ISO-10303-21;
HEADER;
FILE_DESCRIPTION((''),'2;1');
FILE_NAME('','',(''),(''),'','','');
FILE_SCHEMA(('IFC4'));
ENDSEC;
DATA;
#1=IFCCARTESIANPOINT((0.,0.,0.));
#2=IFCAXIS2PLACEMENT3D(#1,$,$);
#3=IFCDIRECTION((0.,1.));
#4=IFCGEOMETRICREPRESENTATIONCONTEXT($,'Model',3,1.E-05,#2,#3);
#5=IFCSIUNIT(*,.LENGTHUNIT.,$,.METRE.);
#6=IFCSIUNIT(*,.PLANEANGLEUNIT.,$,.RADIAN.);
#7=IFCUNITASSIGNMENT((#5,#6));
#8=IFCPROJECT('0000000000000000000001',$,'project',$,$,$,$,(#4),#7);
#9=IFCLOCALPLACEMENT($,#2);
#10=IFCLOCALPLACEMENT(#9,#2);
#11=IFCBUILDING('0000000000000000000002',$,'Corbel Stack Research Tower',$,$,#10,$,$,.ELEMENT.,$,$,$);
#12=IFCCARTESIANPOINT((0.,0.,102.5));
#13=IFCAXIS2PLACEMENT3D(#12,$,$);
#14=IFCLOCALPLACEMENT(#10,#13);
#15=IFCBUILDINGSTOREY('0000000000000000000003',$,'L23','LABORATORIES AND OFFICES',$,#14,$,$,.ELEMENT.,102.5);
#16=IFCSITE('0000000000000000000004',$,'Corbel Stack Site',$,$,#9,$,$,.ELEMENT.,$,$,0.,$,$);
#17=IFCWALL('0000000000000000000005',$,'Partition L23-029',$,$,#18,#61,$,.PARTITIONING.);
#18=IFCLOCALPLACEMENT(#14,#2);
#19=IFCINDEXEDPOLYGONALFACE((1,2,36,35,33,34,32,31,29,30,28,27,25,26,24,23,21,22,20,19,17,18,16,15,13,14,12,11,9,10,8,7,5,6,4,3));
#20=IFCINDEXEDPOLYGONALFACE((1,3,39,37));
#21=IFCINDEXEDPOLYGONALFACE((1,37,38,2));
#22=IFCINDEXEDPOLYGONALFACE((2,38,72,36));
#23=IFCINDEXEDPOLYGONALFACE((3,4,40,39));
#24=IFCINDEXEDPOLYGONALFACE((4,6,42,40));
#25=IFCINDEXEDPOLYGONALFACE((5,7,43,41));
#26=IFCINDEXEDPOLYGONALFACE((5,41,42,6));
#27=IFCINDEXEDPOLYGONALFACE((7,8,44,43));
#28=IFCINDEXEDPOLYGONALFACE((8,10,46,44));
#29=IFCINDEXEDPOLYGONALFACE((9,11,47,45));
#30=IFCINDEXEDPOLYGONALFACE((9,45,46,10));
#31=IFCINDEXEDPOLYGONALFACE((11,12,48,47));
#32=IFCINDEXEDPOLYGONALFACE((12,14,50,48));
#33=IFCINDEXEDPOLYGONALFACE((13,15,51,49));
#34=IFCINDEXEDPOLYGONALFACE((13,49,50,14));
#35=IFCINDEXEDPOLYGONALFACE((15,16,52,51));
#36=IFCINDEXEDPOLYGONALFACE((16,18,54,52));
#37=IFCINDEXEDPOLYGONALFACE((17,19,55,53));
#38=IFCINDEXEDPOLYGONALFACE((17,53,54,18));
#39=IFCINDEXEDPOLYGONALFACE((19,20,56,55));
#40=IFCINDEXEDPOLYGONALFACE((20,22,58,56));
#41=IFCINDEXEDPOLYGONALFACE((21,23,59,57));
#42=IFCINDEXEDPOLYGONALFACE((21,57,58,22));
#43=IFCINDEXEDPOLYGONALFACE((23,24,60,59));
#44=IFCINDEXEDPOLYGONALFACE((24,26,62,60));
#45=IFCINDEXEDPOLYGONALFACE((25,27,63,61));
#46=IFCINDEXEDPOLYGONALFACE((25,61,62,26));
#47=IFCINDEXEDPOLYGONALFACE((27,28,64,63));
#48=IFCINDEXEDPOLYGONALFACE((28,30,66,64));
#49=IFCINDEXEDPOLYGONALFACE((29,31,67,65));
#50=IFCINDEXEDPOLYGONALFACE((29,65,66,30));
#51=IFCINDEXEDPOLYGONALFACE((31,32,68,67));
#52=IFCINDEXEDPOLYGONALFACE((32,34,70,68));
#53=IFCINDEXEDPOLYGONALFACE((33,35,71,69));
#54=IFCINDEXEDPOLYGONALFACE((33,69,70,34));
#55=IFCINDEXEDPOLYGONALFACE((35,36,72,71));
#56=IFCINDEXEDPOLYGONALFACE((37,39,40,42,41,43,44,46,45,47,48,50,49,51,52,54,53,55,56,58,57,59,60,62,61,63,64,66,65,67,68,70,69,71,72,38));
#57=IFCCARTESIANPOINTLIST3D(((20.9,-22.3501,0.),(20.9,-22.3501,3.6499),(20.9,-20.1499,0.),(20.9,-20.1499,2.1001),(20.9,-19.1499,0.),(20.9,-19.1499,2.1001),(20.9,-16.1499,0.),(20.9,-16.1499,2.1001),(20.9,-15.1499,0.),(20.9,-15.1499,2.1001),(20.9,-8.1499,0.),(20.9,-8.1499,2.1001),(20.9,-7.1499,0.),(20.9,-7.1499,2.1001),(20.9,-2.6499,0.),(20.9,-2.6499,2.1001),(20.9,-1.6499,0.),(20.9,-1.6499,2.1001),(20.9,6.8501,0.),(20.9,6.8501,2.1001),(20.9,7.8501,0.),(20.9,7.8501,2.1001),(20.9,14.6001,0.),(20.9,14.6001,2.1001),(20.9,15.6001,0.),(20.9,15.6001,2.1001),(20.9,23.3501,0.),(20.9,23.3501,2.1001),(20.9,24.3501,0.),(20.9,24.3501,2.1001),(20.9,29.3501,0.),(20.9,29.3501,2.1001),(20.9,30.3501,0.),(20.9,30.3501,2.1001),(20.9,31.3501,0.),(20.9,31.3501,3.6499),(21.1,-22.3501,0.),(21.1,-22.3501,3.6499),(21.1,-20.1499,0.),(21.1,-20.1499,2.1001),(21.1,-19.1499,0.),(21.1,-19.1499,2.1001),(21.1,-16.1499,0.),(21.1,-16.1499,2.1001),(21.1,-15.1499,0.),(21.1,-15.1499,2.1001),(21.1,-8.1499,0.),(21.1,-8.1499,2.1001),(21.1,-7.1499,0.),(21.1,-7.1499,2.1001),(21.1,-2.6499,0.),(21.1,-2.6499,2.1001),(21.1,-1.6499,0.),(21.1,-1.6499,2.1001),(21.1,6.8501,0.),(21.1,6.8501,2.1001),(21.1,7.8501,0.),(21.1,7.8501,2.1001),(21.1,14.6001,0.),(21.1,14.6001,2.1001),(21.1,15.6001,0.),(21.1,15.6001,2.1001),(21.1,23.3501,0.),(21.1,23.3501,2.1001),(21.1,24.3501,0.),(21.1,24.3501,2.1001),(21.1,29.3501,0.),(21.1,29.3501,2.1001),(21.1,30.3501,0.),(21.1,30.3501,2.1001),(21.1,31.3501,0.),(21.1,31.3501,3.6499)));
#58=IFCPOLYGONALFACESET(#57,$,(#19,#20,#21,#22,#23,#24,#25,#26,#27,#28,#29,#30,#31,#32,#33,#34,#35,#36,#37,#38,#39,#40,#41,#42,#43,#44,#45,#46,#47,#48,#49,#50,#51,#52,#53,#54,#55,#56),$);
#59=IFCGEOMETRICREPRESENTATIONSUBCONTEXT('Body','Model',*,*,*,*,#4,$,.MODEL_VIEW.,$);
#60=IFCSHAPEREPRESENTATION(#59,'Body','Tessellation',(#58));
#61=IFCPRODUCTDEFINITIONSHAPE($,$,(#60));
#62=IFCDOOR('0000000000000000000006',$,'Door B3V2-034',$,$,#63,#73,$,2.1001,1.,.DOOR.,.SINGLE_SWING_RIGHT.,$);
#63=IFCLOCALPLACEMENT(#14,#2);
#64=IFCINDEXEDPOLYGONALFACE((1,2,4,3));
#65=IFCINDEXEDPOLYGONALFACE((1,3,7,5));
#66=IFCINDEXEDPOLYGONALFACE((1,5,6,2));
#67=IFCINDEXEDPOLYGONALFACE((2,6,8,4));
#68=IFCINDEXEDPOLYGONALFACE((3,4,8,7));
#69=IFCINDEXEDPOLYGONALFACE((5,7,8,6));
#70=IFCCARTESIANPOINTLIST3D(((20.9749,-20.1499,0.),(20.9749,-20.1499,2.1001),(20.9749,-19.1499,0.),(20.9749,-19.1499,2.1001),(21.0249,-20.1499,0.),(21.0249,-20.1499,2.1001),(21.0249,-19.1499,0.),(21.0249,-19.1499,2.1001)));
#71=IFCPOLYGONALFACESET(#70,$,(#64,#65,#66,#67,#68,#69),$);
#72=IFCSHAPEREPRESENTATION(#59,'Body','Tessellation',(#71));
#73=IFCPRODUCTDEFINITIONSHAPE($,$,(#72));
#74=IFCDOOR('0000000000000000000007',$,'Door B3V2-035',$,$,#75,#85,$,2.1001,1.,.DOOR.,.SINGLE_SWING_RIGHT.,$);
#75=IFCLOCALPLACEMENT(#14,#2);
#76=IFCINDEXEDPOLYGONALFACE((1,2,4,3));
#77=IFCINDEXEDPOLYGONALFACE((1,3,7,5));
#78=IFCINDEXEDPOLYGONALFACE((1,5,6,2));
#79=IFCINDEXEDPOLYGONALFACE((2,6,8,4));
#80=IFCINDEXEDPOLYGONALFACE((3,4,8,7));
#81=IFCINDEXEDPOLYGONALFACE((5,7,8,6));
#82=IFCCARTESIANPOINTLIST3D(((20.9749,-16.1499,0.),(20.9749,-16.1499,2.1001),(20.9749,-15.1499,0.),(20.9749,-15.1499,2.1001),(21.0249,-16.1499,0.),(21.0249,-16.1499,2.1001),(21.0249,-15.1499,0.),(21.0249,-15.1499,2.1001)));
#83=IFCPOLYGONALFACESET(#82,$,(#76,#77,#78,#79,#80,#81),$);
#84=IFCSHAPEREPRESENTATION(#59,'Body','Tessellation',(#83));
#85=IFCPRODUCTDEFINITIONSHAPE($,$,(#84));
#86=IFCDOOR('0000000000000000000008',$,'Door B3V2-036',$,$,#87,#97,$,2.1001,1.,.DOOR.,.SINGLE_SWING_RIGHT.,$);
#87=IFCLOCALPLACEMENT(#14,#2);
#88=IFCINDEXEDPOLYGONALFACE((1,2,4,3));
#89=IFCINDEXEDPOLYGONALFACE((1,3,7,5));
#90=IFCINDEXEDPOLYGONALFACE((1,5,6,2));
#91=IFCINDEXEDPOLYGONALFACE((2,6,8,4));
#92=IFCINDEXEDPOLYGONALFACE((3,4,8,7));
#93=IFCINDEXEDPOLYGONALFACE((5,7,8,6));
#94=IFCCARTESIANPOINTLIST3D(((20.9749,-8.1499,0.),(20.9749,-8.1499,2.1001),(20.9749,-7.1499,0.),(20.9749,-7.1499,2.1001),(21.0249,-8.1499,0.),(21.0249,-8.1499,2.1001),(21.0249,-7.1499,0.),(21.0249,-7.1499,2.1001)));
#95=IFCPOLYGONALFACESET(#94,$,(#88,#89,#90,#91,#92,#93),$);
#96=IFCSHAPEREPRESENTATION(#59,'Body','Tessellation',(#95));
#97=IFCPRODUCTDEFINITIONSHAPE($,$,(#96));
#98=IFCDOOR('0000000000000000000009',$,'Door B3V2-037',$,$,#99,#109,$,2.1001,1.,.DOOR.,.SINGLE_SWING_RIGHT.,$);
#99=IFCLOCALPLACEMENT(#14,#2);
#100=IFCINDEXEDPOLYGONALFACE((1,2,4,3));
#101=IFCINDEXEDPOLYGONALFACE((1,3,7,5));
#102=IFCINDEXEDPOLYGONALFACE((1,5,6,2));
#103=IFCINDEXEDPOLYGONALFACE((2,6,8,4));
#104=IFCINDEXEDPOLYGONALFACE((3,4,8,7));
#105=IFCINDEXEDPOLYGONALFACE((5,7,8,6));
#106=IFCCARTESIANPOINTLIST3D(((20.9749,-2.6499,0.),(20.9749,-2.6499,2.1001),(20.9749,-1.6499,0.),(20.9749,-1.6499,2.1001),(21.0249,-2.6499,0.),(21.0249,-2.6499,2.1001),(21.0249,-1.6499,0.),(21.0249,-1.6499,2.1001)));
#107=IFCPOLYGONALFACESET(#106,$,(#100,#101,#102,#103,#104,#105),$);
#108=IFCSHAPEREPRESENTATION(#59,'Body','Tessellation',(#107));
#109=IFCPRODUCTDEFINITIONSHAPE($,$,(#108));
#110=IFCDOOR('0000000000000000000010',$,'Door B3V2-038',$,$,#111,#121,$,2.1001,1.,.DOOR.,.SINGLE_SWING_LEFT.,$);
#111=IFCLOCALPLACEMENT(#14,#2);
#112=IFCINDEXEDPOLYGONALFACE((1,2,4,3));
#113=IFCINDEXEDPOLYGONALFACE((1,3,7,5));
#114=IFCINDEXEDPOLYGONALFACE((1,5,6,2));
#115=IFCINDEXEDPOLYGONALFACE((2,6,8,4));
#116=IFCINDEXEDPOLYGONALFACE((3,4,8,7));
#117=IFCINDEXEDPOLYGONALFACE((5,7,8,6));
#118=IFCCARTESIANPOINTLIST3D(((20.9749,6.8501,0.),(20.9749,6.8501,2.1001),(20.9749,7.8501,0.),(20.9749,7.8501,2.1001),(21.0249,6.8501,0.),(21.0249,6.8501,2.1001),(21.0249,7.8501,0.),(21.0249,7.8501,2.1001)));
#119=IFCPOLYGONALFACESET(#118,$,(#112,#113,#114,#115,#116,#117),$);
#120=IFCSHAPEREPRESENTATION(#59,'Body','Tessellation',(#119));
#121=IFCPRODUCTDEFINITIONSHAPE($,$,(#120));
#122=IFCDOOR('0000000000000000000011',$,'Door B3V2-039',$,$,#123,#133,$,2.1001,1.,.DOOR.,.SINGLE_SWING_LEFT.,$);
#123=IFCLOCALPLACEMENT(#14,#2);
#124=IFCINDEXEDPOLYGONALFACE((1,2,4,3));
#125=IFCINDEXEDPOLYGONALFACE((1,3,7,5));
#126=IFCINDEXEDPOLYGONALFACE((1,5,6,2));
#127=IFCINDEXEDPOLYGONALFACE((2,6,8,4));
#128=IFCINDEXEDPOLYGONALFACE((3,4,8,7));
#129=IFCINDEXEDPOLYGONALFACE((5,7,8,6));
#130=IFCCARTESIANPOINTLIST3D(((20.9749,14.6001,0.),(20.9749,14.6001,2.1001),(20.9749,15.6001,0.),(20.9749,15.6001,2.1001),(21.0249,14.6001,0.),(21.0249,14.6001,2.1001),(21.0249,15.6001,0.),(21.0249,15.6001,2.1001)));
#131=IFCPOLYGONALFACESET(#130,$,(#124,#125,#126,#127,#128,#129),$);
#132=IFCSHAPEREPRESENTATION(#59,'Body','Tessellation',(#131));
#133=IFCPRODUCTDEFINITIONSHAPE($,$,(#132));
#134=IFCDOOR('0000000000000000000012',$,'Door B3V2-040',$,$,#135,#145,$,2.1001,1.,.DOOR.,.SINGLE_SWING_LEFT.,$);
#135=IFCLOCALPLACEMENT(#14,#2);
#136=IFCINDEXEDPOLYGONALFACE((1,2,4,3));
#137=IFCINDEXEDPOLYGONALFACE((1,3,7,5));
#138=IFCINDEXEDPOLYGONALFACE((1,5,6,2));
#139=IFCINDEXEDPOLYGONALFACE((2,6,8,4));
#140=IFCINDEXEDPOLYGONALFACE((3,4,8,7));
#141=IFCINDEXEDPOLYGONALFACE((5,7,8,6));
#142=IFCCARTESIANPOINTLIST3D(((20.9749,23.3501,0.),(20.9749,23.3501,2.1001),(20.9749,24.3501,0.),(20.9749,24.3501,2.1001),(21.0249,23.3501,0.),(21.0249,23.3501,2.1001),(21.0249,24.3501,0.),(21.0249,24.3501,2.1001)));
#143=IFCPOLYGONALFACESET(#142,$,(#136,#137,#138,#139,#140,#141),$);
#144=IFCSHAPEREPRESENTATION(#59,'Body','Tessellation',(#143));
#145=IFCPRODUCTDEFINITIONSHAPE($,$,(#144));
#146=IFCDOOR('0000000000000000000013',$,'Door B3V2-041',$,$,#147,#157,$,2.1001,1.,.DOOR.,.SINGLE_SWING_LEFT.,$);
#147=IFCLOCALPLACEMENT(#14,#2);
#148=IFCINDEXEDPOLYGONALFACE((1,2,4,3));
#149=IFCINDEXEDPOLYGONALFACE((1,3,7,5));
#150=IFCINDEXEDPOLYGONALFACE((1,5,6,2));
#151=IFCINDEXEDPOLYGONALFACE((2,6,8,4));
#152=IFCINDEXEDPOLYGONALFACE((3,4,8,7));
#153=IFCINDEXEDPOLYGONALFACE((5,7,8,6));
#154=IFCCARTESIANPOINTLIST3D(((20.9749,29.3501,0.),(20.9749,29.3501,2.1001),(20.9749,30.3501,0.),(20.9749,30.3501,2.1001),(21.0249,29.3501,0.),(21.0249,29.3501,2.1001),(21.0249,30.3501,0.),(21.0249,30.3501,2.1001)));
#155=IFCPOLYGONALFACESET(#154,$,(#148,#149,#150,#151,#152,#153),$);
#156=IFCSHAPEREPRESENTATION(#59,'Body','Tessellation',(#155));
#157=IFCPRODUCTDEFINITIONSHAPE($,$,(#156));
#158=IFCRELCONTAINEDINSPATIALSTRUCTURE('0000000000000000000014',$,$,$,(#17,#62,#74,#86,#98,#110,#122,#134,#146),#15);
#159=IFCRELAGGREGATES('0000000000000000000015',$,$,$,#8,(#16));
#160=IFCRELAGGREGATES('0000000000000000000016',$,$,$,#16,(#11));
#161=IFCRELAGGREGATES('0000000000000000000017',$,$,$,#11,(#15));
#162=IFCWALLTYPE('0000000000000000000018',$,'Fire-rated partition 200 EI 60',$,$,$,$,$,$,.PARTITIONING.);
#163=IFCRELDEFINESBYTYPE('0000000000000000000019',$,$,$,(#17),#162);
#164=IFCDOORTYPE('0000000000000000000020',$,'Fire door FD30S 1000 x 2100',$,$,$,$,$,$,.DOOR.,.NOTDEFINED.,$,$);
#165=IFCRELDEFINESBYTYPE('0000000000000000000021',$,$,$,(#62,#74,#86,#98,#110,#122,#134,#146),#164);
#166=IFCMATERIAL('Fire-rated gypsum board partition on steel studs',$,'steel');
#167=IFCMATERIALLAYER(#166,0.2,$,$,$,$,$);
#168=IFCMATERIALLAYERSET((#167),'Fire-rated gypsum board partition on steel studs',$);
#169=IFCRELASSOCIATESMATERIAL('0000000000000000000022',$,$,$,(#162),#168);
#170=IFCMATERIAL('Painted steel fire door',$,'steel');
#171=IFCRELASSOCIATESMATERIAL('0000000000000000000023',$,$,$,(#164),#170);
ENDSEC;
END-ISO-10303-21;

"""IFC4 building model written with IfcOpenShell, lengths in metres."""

from ifc_helpers import new_model, si_unit, direction, frame, frame_2d, origin, place, context, subcontext, project, spatial, rectangle, extrude, material, layer, layer_set, type_object, element, fill, save


model = new_model("IFC4")

# Units and contexts
model_context = context("Model", 3, precision=1e-05, world=origin(), true_north=direction((0.0, 1.0)))
body_context = subcontext(model_context, "Body", "Model", "MODEL_VIEW")
ifc_project = project(units=[si_unit("LENGTHUNIT", "METRE"), si_unit("PLANEANGLEUNIT", "RADIAN")], contexts=[model_context])

# Site, building, storey
site_placement = place(None, origin())
site = spatial("IfcSite", under=ifc_project, at=site_placement, Name="Corbel Stack Site", CompositionType="ELEMENT", RefElevation=0.0)
building_placement = place(site_placement, origin())
building = spatial("IfcBuilding", under=site, at=building_placement, Name="Corbel Stack Research Tower", CompositionType="ELEMENT")
storey_placement = place(building_placement, frame((0.0, 0.0, 102.5)))
storey = spatial("IfcBuildingStorey", under=building, at=storey_placement, Name="L23", Description="LABORATORIES AND OFFICES", CompositionType="ELEMENT", Elevation=102.5)

# Shared definitions
ifc_material_1 = material(Name="Fire-rated gypsum board partition on steel studs", Category="steel")
ifc_layer_1 = layer(ifc_material_1, 0.2)
ifc_layer_set_1 = layer_set([ifc_layer_1], Name="Fire-rated gypsum board partition on steel studs")
wall_type_1 = type_object("IfcWallType", Name="Fire-rated partition 200 EI 60", PredefinedType="PARTITIONING", material=ifc_layer_set_1)

# Shared definitions
ifc_material_2 = material(Name="Painted steel fire door", Category="steel")
door_type_1 = type_object("IfcDoorType", Name="Fire door FD30S 1000 x 2100", OperationType="NOTDEFINED", PredefinedType="DOOR", material=ifc_material_2)

# Wall, openings, doors
wall_1_placement = place(storey_placement, frame((21.0, 31.3501, 0.0), z_axis=(0.0, 0.0, 1.0), x_axis=(0.0, -1.0, 0.0)))
wall_1 = element("IfcWall", 1, at=wall_1_placement, inside=storey, type_object=wall_type_1, Name="Partition L23-029", PredefinedType="PARTITIONING", context=body_context, shape_type="SweptSolid", body=[
    extrude(rectangle(XDim=53.7002, YDim=0.2, at=frame_2d((26.8501, 0.0))), origin(), (0.0, 0.0, 1.0), 3.6499),
])
opening_1_placement = place(wall_1_placement, frame((50.5, 0.0, 0.0)))
opening_1 = element("IfcOpeningElement", 2, at=opening_1_placement, cuts=wall_1, PredefinedType="OPENING", context=body_context, shape_type="SweptSolid", body=[
    extrude(rectangle(XDim=1.0, YDim=2.1001, at=frame_2d((0.5, 1.05))), frame((0.0, 0.1099, 0.0), z_axis=(0.0, -1.0, 0.0), x_axis=(1.0, 0.0, 0.0)), (0.0, 0.0, 1.0), 0.22),
])
opening_2_placement = place(wall_1_placement, frame((46.5, 0.0, 0.0)))
opening_2 = element("IfcOpeningElement", 3, at=opening_2_placement, cuts=wall_1, PredefinedType="OPENING", context=body_context, shape_type="SweptSolid", body=[
    extrude(rectangle(XDim=1.0, YDim=2.1001, at=frame_2d((0.5, 1.05))), frame((0.0, 0.1099, 0.0), z_axis=(0.0, -1.0, 0.0), x_axis=(1.0, 0.0, 0.0)), (0.0, 0.0, 1.0), 0.22),
])
opening_3_placement = place(wall_1_placement, frame((38.5, 0.0, 0.0)))
opening_3 = element("IfcOpeningElement", 4, at=opening_3_placement, cuts=wall_1, PredefinedType="OPENING", context=body_context, shape_type="SweptSolid", body=[
    extrude(rectangle(XDim=1.0, YDim=2.1001, at=frame_2d((0.5, 1.05))), frame((0.0, 0.1099, 0.0), z_axis=(0.0, -1.0, 0.0), x_axis=(1.0, 0.0, 0.0)), (0.0, 0.0, 1.0), 0.22),
])
opening_4_placement = place(wall_1_placement, frame((33.0, 0.0, 0.0)))
opening_4 = element("IfcOpeningElement", 5, at=opening_4_placement, cuts=wall_1, PredefinedType="OPENING", context=body_context, shape_type="SweptSolid", body=[
    extrude(rectangle(XDim=1.0, YDim=2.1001, at=frame_2d((0.5, 1.05))), frame((0.0, 0.1099, 0.0), z_axis=(0.0, -1.0, 0.0), x_axis=(1.0, 0.0, 0.0)), (0.0, 0.0, 1.0), 0.22),
])
opening_5_placement = place(wall_1_placement, frame((23.5, 0.0, 0.0)))
opening_5 = element("IfcOpeningElement", 6, at=opening_5_placement, cuts=wall_1, PredefinedType="OPENING", context=body_context, shape_type="SweptSolid", body=[
    extrude(rectangle(XDim=1.0, YDim=2.1001, at=frame_2d((0.5, 1.05))), frame((0.0, 0.1099, 0.0), z_axis=(0.0, -1.0, 0.0), x_axis=(1.0, 0.0, 0.0)), (0.0, 0.0, 1.0), 0.22),
])
opening_6_placement = place(wall_1_placement, frame((15.75, 0.0, 0.0)))
opening_6 = element("IfcOpeningElement", 7, at=opening_6_placement, cuts=wall_1, PredefinedType="OPENING", context=body_context, shape_type="SweptSolid", body=[
    extrude(rectangle(XDim=1.0, YDim=2.1001, at=frame_2d((0.5, 1.05))), frame((0.0, 0.1099, 0.0), z_axis=(0.0, -1.0, 0.0), x_axis=(1.0, 0.0, 0.0)), (0.0, 0.0, 1.0), 0.22),
])
opening_7_placement = place(wall_1_placement, frame((7.0, 0.0, 0.0)))
opening_7 = element("IfcOpeningElement", 8, at=opening_7_placement, cuts=wall_1, PredefinedType="OPENING", context=body_context, shape_type="SweptSolid", body=[
    extrude(rectangle(XDim=1.0, YDim=2.1001, at=frame_2d((0.5, 1.05))), frame((0.0, 0.1099, 0.0), z_axis=(0.0, -1.0, 0.0), x_axis=(1.0, 0.0, 0.0)), (0.0, 0.0, 1.0), 0.22),
])
opening_8_placement = place(wall_1_placement, frame((1.0, 0.0, 0.0)))
opening_8 = element("IfcOpeningElement", 9, at=opening_8_placement, cuts=wall_1, PredefinedType="OPENING", context=body_context, shape_type="SweptSolid", body=[
    extrude(rectangle(XDim=1.0, YDim=2.1001, at=frame_2d((0.5, 1.05))), frame((0.0, 0.1099, 0.0), z_axis=(0.0, -1.0, 0.0), x_axis=(1.0, 0.0, 0.0)), (0.0, 0.0, 1.0), 0.22),
])
door_1_placement = place(opening_1_placement, origin())
door_1 = element("IfcDoor", 10, at=door_1_placement, inside=storey, type_object=door_type_1, Name="Door B3V2-034", OperationType="SINGLE_SWING_RIGHT", OverallHeight=2.1001, OverallWidth=1.0, PredefinedType="DOOR", context=body_context, shape_type="SweptSolid", body=[
    extrude(rectangle(XDim=1.0, YDim=2.1001, at=frame_2d((0.5, 1.05))), frame((0.0, 0.0249, 0.0), z_axis=(0.0, -1.0, 0.0), x_axis=(1.0, 0.0, 0.0)), (0.0, 0.0, 1.0), 0.05),
])
fill(opening_1, door_1)
door_2_placement = place(opening_2_placement, origin())
door_2 = element("IfcDoor", 11, at=door_2_placement, inside=storey, type_object=door_type_1, Name="Door B3V2-035", OperationType="SINGLE_SWING_RIGHT", OverallHeight=2.1001, OverallWidth=1.0, PredefinedType="DOOR", context=body_context, shape_type="SweptSolid", body=[
    extrude(rectangle(XDim=1.0, YDim=2.1001, at=frame_2d((0.5, 1.05))), frame((0.0, 0.0249, 0.0), z_axis=(0.0, -1.0, 0.0), x_axis=(1.0, 0.0, 0.0)), (0.0, 0.0, 1.0), 0.05),
])
fill(opening_2, door_2)
door_3_placement = place(opening_3_placement, origin())
door_3 = element("IfcDoor", 12, at=door_3_placement, inside=storey, type_object=door_type_1, Name="Door B3V2-036", OperationType="SINGLE_SWING_RIGHT", OverallHeight=2.1001, OverallWidth=1.0, PredefinedType="DOOR", context=body_context, shape_type="SweptSolid", body=[
    extrude(rectangle(XDim=1.0, YDim=2.1001, at=frame_2d((0.5, 1.05))), frame((0.0, 0.0249, 0.0), z_axis=(0.0, -1.0, 0.0), x_axis=(1.0, 0.0, 0.0)), (0.0, 0.0, 1.0), 0.05),
])
fill(opening_3, door_3)
door_4_placement = place(opening_4_placement, origin())
door_4 = element("IfcDoor", 13, at=door_4_placement, inside=storey, type_object=door_type_1, Name="Door B3V2-037", OperationType="SINGLE_SWING_RIGHT", OverallHeight=2.1001, OverallWidth=1.0, PredefinedType="DOOR", context=body_context, shape_type="SweptSolid", body=[
    extrude(rectangle(XDim=1.0, YDim=2.1001, at=frame_2d((0.5, 1.05))), frame((0.0, 0.0249, 0.0), z_axis=(0.0, -1.0, 0.0), x_axis=(1.0, 0.0, 0.0)), (0.0, 0.0, 1.0), 0.05),
])
fill(opening_4, door_4)
door_5_placement = place(opening_5_placement, origin())
door_5 = element("IfcDoor", 14, at=door_5_placement, inside=storey, type_object=door_type_1, Name="Door B3V2-038", OperationType="SINGLE_SWING_LEFT", OverallHeight=2.1001, OverallWidth=1.0, PredefinedType="DOOR", context=body_context, shape_type="SweptSolid", body=[
    extrude(rectangle(XDim=1.0, YDim=2.1001, at=frame_2d((0.5, 1.05))), frame((0.0, 0.0249, 0.0), z_axis=(0.0, -1.0, 0.0), x_axis=(1.0, 0.0, 0.0)), (0.0, 0.0, 1.0), 0.05),
])
fill(opening_5, door_5)
door_6_placement = place(opening_6_placement, origin())
door_6 = element("IfcDoor", 15, at=door_6_placement, inside=storey, type_object=door_type_1, Name="Door B3V2-039", OperationType="SINGLE_SWING_LEFT", OverallHeight=2.1001, OverallWidth=1.0, PredefinedType="DOOR", context=body_context, shape_type="SweptSolid", body=[
    extrude(rectangle(XDim=1.0, YDim=2.1001, at=frame_2d((0.5, 1.05))), frame((0.0, 0.0249, 0.0), z_axis=(0.0, -1.0, 0.0), x_axis=(1.0, 0.0, 0.0)), (0.0, 0.0, 1.0), 0.05),
])
fill(opening_6, door_6)
door_7_placement = place(opening_7_placement, origin())
door_7 = element("IfcDoor", 16, at=door_7_placement, inside=storey, type_object=door_type_1, Name="Door B3V2-040", OperationType="SINGLE_SWING_LEFT", OverallHeight=2.1001, OverallWidth=1.0, PredefinedType="DOOR", context=body_context, shape_type="SweptSolid", body=[
    extrude(rectangle(XDim=1.0, YDim=2.1001, at=frame_2d((0.5, 1.05))), frame((0.0, 0.0249, 0.0), z_axis=(0.0, -1.0, 0.0), x_axis=(1.0, 0.0, 0.0)), (0.0, 0.0, 1.0), 0.05),
])
fill(opening_7, door_7)
door_8_placement = place(opening_8_placement, origin())
door_8 = element("IfcDoor", 17, at=door_8_placement, inside=storey, type_object=door_type_1, Name="Door B3V2-041", OperationType="SINGLE_SWING_LEFT", OverallHeight=2.1001, OverallWidth=1.0, PredefinedType="DOOR", context=body_context, shape_type="SweptSolid", body=[
    extrude(rectangle(XDim=1.0, YDim=2.1001, at=frame_2d((0.5, 1.05))), frame((0.0, 0.0249, 0.0), z_axis=(0.0, -1.0, 0.0), x_axis=(1.0, 0.0, 0.0)), (0.0, 0.0, 1.0), 0.05),
])
fill(opening_8, door_8)

save(model, "model.ifc")
